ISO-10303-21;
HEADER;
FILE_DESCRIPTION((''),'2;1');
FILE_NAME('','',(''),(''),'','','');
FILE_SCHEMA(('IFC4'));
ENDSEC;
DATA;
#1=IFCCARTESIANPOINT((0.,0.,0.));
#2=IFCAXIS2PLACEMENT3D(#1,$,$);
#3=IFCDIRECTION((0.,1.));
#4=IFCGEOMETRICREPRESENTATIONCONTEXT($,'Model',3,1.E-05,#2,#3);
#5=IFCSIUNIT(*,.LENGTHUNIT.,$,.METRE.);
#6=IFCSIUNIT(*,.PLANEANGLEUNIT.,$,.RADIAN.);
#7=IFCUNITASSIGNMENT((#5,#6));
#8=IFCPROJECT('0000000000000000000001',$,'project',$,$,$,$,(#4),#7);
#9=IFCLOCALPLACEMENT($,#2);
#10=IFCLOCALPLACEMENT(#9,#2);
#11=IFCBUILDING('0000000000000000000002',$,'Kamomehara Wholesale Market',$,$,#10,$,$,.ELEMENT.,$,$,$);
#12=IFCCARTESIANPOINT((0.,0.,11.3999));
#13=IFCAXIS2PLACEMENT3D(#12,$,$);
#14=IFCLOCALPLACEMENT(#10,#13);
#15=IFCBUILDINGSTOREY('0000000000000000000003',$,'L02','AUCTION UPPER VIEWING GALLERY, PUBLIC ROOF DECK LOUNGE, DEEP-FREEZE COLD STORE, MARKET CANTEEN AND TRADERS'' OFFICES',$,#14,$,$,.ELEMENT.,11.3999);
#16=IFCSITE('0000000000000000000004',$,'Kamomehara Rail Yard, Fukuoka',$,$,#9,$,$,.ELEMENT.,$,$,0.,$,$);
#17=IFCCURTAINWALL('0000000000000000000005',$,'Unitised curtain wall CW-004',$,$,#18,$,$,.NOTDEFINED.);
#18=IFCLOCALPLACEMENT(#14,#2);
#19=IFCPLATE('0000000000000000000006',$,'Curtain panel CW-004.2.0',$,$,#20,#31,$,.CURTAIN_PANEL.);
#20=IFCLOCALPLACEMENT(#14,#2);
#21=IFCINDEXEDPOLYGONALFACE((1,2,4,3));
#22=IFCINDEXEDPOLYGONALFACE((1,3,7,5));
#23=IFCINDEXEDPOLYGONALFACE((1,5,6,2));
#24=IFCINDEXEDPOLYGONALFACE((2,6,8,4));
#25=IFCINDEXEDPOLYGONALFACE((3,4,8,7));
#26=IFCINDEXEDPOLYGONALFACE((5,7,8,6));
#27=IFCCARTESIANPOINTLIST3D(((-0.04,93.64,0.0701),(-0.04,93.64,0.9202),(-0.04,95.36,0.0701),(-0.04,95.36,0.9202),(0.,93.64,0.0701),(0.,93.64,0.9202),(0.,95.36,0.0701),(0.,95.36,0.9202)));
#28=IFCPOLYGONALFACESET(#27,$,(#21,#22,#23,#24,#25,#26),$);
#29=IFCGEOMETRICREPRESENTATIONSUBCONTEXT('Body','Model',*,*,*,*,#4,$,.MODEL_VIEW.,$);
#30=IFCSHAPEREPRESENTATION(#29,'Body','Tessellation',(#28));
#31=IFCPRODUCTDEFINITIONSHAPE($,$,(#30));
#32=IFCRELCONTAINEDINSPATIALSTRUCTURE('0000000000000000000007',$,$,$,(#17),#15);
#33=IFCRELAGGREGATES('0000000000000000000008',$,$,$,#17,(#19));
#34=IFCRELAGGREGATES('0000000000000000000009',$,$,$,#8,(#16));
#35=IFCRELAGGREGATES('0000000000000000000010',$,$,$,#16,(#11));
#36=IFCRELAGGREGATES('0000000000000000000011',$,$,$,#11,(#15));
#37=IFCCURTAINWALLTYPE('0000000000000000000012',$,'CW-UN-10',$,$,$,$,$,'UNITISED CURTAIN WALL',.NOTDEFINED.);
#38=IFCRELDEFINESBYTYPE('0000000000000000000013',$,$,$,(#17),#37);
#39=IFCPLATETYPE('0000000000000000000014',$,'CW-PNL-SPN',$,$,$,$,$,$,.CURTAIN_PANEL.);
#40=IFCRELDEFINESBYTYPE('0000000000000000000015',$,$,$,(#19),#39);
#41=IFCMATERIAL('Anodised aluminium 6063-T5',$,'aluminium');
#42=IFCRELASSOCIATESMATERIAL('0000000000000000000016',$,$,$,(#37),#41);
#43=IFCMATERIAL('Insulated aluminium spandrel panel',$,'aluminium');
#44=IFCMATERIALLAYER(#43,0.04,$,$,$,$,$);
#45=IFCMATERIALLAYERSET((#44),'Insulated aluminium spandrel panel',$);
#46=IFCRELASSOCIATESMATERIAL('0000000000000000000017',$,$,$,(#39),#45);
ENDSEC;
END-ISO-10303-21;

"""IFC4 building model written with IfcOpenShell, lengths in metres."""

from ifc_helpers import new_model, si_unit, direction, frame, origin, origin_2d, place, context, subcontext, project, spatial, rectangle, extrude, material, layer, layer_set, type_object, element, aggregate, save


model = new_model("IFC4")

# Units and contexts
model_context = context("Model", 3, precision=1e-05, world=origin(), true_north=direction((0.0, 1.0)))
body_context = subcontext(model_context, "Body", "Model", "MODEL_VIEW")
ifc_project = project(units=[si_unit("LENGTHUNIT", "METRE"), si_unit("PLANEANGLEUNIT", "RADIAN")], contexts=[model_context])

# Site, building, storey
site_placement = place(None, origin())
site = spatial("IfcSite", under=ifc_project, at=site_placement, Name="Kamomehara Rail Yard, Fukuoka", CompositionType="ELEMENT", RefElevation=0.0)
building_placement = place(site_placement, origin())
building = spatial("IfcBuilding", under=site, at=building_placement, Name="Kamomehara Wholesale Market", CompositionType="ELEMENT")
storey_placement = place(building_placement, frame((0.0, 0.0, 11.3999)))
storey = spatial("IfcBuildingStorey", under=building, at=storey_placement, Name="L02", Description="AUCTION UPPER VIEWING GALLERY, PUBLIC ROOF DECK LOUNGE, DEEP-FREEZE COLD STORE, MARKET CANTEEN AND TRADERS' OFFICES", CompositionType="ELEMENT", Elevation=11.3999)

# Curtain wall
ifc_material_1 = material(Name="Anodised aluminium 6063-T5", Category="aluminium")
curtain_wall_type = type_object("IfcCurtainWallType", Name="CW-UN-10", ElementType="UNITISED CURTAIN WALL", PredefinedType="NOTDEFINED", material=ifc_material_1)
curtain_wall_1_placement = place(storey_placement, origin())
curtain_wall_1 = element("IfcCurtainWall", 1, at=curtain_wall_1_placement, inside=storey, type_object=curtain_wall_type, Name="Unitised curtain wall CW-004", PredefinedType="NOTDEFINED")

# Plate
ifc_material_2 = material(Name="Insulated aluminium spandrel panel", Category="aluminium")
ifc_layer_1 = layer(ifc_material_2, 0.04)
ifc_layer_set_1 = layer_set([ifc_layer_1], Name="Insulated aluminium spandrel panel")
plate_type_1 = type_object("IfcPlateType", Name="CW-PNL-SPN", PredefinedType="CURTAIN_PANEL", material=ifc_layer_set_1)
plate_1_placement = place(storey_placement, frame((-0.02, 94.5, 0.0701), z_axis=(0.0, 0.0, 1.0), x_axis=(0.0, 1.0, 0.0)))
plate_1 = element("IfcPlate", 2, at=plate_1_placement, type_object=plate_type_1, Name="Curtain panel CW-004.2.0", PredefinedType="CURTAIN_PANEL", context=body_context, shape_type="SweptSolid", body=[
    extrude(rectangle(XDim=1.72, YDim=0.04, at=origin_2d()), origin(), (0.0, 0.0, 1.0), 0.8501),
])
aggregate(curtain_wall_1, [plate_1])

save(model, "model.ifc")
